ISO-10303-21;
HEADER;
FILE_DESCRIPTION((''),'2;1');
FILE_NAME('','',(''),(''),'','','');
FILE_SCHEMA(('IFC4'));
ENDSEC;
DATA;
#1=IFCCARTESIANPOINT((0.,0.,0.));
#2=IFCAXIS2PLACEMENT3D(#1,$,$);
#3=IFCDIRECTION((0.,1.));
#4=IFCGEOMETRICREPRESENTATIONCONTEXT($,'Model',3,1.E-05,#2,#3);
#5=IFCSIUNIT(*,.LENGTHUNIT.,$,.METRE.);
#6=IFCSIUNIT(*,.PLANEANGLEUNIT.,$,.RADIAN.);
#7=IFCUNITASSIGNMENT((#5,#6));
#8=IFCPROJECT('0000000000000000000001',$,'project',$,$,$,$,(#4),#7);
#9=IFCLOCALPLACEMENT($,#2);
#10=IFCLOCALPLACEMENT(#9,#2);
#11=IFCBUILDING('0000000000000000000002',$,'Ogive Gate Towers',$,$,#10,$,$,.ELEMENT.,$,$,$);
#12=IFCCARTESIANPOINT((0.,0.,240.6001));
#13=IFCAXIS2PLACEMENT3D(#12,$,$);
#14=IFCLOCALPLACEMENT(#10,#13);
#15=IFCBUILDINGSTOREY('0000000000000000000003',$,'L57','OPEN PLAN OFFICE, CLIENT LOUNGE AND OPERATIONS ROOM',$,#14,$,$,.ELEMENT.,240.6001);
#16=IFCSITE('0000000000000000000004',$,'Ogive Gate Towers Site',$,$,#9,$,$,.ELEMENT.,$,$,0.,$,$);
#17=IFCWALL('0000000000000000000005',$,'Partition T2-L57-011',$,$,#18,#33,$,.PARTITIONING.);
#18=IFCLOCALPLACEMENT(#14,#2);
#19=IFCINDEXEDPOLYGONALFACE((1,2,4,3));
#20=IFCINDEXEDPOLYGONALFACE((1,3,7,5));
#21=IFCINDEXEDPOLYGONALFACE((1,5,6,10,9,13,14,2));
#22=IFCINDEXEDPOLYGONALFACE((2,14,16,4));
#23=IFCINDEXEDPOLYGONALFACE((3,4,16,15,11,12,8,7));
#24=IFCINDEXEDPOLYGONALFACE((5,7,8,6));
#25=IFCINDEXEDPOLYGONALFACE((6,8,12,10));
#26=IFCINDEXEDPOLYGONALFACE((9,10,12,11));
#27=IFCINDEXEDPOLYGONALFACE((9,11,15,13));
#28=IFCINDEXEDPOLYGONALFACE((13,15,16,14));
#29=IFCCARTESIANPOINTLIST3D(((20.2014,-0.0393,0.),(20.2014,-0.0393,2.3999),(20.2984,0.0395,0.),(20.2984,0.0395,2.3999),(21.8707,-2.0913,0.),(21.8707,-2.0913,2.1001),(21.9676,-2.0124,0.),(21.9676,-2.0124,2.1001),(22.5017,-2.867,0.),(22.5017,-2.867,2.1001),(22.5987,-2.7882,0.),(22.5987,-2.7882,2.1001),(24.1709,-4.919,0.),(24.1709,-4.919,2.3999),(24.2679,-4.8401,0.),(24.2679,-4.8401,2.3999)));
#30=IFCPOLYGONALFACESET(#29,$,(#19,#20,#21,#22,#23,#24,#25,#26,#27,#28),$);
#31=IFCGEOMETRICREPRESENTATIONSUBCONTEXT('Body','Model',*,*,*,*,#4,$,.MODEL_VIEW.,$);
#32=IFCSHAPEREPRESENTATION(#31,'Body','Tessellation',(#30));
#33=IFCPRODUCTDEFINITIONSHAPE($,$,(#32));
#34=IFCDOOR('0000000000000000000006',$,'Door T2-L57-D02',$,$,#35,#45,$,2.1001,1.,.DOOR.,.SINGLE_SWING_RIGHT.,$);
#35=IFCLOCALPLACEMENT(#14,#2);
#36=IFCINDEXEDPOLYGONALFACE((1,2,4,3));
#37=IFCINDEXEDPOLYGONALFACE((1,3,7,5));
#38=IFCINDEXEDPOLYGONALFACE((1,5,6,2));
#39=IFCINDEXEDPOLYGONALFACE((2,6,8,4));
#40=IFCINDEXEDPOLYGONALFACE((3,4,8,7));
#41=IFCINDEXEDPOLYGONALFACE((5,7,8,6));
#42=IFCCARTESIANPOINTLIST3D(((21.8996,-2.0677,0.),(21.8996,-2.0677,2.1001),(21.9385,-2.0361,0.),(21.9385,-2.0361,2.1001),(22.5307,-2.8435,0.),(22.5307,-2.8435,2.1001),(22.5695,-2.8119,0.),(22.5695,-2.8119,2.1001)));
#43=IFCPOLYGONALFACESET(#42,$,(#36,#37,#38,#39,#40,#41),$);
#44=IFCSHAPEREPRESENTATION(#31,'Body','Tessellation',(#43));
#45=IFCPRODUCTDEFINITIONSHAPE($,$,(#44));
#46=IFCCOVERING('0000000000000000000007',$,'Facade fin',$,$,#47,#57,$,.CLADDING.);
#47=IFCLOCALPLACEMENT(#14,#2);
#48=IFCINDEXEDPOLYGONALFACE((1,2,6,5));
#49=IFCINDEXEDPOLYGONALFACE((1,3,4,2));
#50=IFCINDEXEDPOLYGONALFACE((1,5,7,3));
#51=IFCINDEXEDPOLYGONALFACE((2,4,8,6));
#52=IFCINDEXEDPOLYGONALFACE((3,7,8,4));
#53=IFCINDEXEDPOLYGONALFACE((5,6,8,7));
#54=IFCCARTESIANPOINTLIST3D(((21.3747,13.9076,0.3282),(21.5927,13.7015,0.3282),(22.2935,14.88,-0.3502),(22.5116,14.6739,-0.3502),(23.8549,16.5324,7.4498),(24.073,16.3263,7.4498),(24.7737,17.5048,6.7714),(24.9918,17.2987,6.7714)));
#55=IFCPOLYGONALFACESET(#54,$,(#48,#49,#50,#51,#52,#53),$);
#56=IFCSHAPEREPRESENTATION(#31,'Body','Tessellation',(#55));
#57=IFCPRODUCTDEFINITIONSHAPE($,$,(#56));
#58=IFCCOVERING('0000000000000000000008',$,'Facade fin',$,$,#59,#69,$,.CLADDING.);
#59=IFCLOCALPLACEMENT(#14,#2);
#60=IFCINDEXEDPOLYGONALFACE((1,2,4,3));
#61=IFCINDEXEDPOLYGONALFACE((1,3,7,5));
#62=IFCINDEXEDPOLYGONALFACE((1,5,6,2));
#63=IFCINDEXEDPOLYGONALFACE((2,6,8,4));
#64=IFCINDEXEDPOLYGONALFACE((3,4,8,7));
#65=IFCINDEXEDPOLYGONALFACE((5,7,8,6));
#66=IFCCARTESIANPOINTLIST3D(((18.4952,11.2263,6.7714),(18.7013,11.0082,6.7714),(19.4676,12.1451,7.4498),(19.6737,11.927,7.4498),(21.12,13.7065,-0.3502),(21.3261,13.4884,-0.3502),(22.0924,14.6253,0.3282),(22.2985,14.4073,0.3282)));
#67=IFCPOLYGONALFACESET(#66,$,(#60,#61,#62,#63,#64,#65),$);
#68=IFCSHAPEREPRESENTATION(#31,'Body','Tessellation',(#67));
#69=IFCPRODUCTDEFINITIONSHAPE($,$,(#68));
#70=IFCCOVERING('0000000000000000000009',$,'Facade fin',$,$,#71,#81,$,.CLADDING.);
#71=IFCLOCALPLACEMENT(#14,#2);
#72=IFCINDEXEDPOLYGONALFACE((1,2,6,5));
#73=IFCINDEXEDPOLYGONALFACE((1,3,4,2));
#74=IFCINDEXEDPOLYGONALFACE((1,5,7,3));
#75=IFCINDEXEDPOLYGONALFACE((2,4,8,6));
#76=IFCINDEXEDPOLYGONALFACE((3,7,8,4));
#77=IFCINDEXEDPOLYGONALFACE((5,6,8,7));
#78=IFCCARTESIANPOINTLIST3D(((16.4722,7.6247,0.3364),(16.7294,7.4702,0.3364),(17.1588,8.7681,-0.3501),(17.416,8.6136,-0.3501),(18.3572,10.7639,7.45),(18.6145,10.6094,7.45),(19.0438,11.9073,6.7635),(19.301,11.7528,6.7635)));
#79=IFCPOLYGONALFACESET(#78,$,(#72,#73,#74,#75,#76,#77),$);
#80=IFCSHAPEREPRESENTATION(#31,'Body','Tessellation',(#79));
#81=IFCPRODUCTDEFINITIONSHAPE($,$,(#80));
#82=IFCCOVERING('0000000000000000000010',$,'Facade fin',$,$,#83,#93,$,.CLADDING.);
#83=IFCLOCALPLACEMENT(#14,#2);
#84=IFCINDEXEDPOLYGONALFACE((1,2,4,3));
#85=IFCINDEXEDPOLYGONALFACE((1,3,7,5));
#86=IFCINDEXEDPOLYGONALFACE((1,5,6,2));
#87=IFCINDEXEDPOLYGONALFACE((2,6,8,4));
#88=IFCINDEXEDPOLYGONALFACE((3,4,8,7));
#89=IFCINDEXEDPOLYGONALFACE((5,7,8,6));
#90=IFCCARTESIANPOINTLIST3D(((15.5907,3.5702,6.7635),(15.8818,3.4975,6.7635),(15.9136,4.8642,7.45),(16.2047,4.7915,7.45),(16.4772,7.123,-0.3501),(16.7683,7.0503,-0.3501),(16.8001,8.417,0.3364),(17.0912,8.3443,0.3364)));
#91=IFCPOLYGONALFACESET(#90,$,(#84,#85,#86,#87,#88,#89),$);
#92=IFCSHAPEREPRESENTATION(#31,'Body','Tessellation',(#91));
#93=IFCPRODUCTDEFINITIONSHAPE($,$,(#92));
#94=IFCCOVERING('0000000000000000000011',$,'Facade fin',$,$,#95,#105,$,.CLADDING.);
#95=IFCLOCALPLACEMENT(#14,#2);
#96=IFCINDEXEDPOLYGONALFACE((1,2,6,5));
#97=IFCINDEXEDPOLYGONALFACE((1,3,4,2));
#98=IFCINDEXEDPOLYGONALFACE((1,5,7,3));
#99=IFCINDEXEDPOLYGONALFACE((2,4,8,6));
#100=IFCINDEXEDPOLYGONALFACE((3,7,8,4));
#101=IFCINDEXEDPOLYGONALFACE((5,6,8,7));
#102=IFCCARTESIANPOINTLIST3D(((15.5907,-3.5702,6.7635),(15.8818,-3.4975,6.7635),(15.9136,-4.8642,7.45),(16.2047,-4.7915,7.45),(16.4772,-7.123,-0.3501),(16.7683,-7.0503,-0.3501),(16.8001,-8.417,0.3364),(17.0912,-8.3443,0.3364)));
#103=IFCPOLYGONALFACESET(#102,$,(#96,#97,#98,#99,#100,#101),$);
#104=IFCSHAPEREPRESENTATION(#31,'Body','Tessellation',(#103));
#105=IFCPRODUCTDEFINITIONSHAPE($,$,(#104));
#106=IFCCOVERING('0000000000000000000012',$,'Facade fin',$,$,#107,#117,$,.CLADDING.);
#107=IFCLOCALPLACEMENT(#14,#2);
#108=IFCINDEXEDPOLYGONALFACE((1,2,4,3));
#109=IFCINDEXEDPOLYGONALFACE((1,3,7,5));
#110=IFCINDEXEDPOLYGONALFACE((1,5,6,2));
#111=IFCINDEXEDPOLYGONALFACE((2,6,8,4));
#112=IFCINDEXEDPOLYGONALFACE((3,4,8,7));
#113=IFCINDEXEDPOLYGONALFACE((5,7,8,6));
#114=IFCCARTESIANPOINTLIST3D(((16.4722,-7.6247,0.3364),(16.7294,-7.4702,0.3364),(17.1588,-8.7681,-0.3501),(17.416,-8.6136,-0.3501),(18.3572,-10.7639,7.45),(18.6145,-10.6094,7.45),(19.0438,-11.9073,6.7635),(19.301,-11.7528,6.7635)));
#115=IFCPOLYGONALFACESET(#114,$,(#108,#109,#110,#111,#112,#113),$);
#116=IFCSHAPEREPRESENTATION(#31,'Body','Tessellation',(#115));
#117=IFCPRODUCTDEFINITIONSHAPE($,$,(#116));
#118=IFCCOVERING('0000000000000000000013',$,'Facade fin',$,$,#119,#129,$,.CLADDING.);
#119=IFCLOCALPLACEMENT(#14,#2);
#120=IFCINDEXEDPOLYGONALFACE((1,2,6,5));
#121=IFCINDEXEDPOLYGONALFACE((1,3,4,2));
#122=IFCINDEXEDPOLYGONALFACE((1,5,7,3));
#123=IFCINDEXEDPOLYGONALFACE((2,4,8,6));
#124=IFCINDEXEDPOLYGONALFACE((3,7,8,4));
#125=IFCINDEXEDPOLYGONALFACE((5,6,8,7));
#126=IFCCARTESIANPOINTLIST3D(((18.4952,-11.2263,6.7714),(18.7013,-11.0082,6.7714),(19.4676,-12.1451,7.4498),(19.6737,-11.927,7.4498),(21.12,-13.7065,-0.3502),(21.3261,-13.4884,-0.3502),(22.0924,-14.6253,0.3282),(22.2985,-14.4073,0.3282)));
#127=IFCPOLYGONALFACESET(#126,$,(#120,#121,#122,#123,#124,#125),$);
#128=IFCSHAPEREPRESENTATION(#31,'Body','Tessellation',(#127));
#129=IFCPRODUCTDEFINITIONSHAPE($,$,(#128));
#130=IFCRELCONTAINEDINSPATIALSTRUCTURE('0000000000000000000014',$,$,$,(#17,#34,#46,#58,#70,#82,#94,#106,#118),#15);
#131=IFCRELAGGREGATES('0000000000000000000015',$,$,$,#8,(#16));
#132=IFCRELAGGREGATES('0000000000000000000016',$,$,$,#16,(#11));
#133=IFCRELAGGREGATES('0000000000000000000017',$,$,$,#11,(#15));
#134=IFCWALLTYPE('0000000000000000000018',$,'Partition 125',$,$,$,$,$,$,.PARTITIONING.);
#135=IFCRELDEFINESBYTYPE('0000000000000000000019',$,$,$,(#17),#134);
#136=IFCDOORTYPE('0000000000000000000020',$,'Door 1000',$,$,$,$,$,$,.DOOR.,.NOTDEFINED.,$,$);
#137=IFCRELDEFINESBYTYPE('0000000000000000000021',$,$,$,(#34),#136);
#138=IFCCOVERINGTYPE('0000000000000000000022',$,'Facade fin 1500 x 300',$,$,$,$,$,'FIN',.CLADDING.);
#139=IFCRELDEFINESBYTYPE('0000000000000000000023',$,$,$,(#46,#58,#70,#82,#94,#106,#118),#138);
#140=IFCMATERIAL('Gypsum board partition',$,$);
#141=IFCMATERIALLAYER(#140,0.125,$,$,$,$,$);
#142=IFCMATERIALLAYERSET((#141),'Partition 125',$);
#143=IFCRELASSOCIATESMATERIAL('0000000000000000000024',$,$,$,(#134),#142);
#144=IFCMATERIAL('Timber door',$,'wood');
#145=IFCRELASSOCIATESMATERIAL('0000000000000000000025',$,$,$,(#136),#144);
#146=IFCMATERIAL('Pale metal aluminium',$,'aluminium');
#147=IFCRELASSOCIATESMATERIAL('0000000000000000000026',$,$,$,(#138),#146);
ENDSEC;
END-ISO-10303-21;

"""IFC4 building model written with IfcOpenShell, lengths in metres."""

from ifc_helpers import new_model, si_unit, direction, frame, frame_2d, origin, origin_2d, place, context, subcontext, project, spatial, rectangle, extrude, material, layer, layer_set, material_profile, profile_set, type_object, element, fill, save


model = new_model("IFC4")

# Units and contexts
model_context = context("Model", 3, precision=1e-05, world=origin(), true_north=direction((0.0, 1.0)))
body_context = subcontext(model_context, "Body", "Model", "MODEL_VIEW")
ifc_project = project(units=[si_unit("LENGTHUNIT", "METRE"), si_unit("PLANEANGLEUNIT", "RADIAN")], contexts=[model_context])

# Site, building, storey
site_placement = place(None, origin())
site = spatial("IfcSite", under=ifc_project, at=site_placement, Name="Ogive Gate Towers Site", CompositionType="ELEMENT", RefElevation=0.0)
building_placement = place(site_placement, origin())
building = spatial("IfcBuilding", under=site, at=building_placement, Name="Ogive Gate Towers", CompositionType="ELEMENT")
storey_placement = place(building_placement, frame((0.0, 0.0, 240.6001)))
storey = spatial("IfcBuildingStorey", under=building, at=storey_placement, Name="L57", Description="OPEN PLAN OFFICE, CLIENT LOUNGE AND OPERATIONS ROOM", CompositionType="ELEMENT", Elevation=240.6001)

# Shared definitions
ifc_material_1 = material(Name="Pale metal aluminium", Category="aluminium")

# Shared definitions
ifc_material_2 = material(Name="Gypsum board partition")
ifc_layer_1 = layer(ifc_material_2, 0.125)
ifc_layer_set_1 = layer_set([ifc_layer_1], Name="Partition 125")
wall_type = type_object("IfcWallType", Name="Partition 125", PredefinedType="PARTITIONING", material=ifc_layer_set_1)

# Wall, opening, door
wall_1_placement = place(storey_placement, frame((20.25, 0.0, 0.0), z_axis=(0.0, 0.0, 1.0), x_axis=(0.63105, -0.775742, 0.0)))
wall_1 = element("IfcWall", 1, at=wall_1_placement, inside=storey, type_object=wall_type, Name="Partition T2-L57-011", PredefinedType="PARTITIONING", context=body_context, shape_type="SweptSolid", body=[
    extrude(rectangle(XDim=6.2903, YDim=0.125, at=frame_2d((3.145, 0.0))), origin(), (0.0, 0.0, 1.0), 2.3999),
])
opening_placement = place(wall_1_placement, frame((2.645, 0.0, 0.0)))
opening = element("IfcOpeningElement", 2, at=opening_placement, cuts=wall_1, PredefinedType="OPENING", context=body_context, shape_type="SweptSolid", body=[
    extrude(rectangle(XDim=1.0, YDim=2.1001, at=frame_2d((0.5, 1.05))), frame((0.0, 0.0725, 0.0), z_axis=(0.0, -1.0, 0.0), x_axis=(1.0, 0.0, 0.0)), (0.0, 0.0, 1.0), 0.145),
])
ifc_material_3 = material(Name="Timber door", Category="wood")
door_type = type_object("IfcDoorType", Name="Door 1000", OperationType="NOTDEFINED", PredefinedType="DOOR", material=ifc_material_3)
door_placement = place(opening_placement, origin())
door = element("IfcDoor", 3, at=door_placement, inside=storey, type_object=door_type, Name="Door T2-L57-D02", OperationType="SINGLE_SWING_RIGHT", OverallHeight=2.1001, OverallWidth=1.0, PredefinedType="DOOR", context=body_context, shape_type="SweptSolid", body=[
    extrude(rectangle(XDim=1.0, YDim=2.1001, at=frame_2d((0.5, 1.05))), frame((0.0, 0.0249, 0.0), z_axis=(0.0, -1.0, 0.0), x_axis=(1.0, 0.0, 0.0)), (0.0, 0.0, 1.0), 0.05),
])
fill(opening, door)

# Coverings
ifc_material_profile_1 = material_profile(ifc_material_1, rectangle(XDim=0.3, YDim=1.5, at=origin_2d()), Name="1500 x 300 pale metal aluminium")
ifc_profile_set_1 = profile_set([ifc_material_profile_1], Name="Pale metal aluminium")
covering_type = type_object("IfcCoveringType", Name="Facade fin 1500 x 300", ElementType="FIN", PredefinedType="CLADDING", material=ifc_profile_set_1)
for number, where, z_axis, x_axis, name in (
    (4, (21.9431, 14.2908, -0.011), (0.310616, 0.328717, 0.891887), (-0.726835, 0.686812, 0.0), "Facade fin"),
    (5, (21.7092, 14.0569, -0.011), (-0.328717, -0.310616, 0.891887), (0.686812, -0.726835, 0.0), "Facade fin"),
):
    element("IfcCovering", number, at=place(storey_placement, frame(where, z_axis=z_axis, x_axis=x_axis)), inside=storey, type_object=covering_type, Name=name, PredefinedType="CLADDING", context=body_context, shape_type="SweptSolid", body=[
        extrude(rectangle(XDim=0.3, YDim=1.5, at=origin_2d()), origin(), (0.0, 0.0, 1.0), 7.9849),
    ])
for number, where, z_axis, x_axis, name in (
    (6, (16.9441, 8.1191, -0.0068), (0.235608, 0.392365, 0.889122), (-0.85731, 0.5148, 0.0), "Facade fin"),
    (7, (16.7842, 7.7336, -0.0068), (-0.110801, -0.444057, 0.889121), (0.970252, -0.242096, 0.0), "Facade fin"),
    (8, (16.7842, -7.7336, -0.0068), (-0.110801, 0.444057, 0.889121), (-0.970252, -0.242096, 0.0), "Facade fin"),
    (9, (16.9441, -8.1191, -0.0068), (0.235608, -0.392365, 0.889122), (0.85731, 0.5148, 0.0), "Facade fin"),
):
    element("IfcCovering", number, at=place(storey_placement, frame(where, z_axis=z_axis, x_axis=x_axis)), inside=storey, type_object=covering_type, Name=name, PredefinedType="CLADDING", context=body_context, shape_type="SweptSolid", body=[
        extrude(rectangle(XDim=0.3, YDim=1.5, at=origin_2d()), origin(), (0.0, 0.0, 1.0), 8.0007),
    ])
covering_placement = place(storey_placement, frame((21.7092, -14.0569, -0.011), z_axis=(-0.328717, 0.310616, 0.891887), x_axis=(-0.686812, -0.726835, 0.0)))
element("IfcCovering", 10, at=covering_placement, inside=storey, type_object=covering_type, Name="Facade fin", PredefinedType="CLADDING", context=body_context, shape_type="SweptSolid", body=[
    extrude(rectangle(XDim=0.3, YDim=1.5, at=origin_2d()), origin(), (0.0, 0.0, 1.0), 7.9849),
])

save(model, "model.ifc")
